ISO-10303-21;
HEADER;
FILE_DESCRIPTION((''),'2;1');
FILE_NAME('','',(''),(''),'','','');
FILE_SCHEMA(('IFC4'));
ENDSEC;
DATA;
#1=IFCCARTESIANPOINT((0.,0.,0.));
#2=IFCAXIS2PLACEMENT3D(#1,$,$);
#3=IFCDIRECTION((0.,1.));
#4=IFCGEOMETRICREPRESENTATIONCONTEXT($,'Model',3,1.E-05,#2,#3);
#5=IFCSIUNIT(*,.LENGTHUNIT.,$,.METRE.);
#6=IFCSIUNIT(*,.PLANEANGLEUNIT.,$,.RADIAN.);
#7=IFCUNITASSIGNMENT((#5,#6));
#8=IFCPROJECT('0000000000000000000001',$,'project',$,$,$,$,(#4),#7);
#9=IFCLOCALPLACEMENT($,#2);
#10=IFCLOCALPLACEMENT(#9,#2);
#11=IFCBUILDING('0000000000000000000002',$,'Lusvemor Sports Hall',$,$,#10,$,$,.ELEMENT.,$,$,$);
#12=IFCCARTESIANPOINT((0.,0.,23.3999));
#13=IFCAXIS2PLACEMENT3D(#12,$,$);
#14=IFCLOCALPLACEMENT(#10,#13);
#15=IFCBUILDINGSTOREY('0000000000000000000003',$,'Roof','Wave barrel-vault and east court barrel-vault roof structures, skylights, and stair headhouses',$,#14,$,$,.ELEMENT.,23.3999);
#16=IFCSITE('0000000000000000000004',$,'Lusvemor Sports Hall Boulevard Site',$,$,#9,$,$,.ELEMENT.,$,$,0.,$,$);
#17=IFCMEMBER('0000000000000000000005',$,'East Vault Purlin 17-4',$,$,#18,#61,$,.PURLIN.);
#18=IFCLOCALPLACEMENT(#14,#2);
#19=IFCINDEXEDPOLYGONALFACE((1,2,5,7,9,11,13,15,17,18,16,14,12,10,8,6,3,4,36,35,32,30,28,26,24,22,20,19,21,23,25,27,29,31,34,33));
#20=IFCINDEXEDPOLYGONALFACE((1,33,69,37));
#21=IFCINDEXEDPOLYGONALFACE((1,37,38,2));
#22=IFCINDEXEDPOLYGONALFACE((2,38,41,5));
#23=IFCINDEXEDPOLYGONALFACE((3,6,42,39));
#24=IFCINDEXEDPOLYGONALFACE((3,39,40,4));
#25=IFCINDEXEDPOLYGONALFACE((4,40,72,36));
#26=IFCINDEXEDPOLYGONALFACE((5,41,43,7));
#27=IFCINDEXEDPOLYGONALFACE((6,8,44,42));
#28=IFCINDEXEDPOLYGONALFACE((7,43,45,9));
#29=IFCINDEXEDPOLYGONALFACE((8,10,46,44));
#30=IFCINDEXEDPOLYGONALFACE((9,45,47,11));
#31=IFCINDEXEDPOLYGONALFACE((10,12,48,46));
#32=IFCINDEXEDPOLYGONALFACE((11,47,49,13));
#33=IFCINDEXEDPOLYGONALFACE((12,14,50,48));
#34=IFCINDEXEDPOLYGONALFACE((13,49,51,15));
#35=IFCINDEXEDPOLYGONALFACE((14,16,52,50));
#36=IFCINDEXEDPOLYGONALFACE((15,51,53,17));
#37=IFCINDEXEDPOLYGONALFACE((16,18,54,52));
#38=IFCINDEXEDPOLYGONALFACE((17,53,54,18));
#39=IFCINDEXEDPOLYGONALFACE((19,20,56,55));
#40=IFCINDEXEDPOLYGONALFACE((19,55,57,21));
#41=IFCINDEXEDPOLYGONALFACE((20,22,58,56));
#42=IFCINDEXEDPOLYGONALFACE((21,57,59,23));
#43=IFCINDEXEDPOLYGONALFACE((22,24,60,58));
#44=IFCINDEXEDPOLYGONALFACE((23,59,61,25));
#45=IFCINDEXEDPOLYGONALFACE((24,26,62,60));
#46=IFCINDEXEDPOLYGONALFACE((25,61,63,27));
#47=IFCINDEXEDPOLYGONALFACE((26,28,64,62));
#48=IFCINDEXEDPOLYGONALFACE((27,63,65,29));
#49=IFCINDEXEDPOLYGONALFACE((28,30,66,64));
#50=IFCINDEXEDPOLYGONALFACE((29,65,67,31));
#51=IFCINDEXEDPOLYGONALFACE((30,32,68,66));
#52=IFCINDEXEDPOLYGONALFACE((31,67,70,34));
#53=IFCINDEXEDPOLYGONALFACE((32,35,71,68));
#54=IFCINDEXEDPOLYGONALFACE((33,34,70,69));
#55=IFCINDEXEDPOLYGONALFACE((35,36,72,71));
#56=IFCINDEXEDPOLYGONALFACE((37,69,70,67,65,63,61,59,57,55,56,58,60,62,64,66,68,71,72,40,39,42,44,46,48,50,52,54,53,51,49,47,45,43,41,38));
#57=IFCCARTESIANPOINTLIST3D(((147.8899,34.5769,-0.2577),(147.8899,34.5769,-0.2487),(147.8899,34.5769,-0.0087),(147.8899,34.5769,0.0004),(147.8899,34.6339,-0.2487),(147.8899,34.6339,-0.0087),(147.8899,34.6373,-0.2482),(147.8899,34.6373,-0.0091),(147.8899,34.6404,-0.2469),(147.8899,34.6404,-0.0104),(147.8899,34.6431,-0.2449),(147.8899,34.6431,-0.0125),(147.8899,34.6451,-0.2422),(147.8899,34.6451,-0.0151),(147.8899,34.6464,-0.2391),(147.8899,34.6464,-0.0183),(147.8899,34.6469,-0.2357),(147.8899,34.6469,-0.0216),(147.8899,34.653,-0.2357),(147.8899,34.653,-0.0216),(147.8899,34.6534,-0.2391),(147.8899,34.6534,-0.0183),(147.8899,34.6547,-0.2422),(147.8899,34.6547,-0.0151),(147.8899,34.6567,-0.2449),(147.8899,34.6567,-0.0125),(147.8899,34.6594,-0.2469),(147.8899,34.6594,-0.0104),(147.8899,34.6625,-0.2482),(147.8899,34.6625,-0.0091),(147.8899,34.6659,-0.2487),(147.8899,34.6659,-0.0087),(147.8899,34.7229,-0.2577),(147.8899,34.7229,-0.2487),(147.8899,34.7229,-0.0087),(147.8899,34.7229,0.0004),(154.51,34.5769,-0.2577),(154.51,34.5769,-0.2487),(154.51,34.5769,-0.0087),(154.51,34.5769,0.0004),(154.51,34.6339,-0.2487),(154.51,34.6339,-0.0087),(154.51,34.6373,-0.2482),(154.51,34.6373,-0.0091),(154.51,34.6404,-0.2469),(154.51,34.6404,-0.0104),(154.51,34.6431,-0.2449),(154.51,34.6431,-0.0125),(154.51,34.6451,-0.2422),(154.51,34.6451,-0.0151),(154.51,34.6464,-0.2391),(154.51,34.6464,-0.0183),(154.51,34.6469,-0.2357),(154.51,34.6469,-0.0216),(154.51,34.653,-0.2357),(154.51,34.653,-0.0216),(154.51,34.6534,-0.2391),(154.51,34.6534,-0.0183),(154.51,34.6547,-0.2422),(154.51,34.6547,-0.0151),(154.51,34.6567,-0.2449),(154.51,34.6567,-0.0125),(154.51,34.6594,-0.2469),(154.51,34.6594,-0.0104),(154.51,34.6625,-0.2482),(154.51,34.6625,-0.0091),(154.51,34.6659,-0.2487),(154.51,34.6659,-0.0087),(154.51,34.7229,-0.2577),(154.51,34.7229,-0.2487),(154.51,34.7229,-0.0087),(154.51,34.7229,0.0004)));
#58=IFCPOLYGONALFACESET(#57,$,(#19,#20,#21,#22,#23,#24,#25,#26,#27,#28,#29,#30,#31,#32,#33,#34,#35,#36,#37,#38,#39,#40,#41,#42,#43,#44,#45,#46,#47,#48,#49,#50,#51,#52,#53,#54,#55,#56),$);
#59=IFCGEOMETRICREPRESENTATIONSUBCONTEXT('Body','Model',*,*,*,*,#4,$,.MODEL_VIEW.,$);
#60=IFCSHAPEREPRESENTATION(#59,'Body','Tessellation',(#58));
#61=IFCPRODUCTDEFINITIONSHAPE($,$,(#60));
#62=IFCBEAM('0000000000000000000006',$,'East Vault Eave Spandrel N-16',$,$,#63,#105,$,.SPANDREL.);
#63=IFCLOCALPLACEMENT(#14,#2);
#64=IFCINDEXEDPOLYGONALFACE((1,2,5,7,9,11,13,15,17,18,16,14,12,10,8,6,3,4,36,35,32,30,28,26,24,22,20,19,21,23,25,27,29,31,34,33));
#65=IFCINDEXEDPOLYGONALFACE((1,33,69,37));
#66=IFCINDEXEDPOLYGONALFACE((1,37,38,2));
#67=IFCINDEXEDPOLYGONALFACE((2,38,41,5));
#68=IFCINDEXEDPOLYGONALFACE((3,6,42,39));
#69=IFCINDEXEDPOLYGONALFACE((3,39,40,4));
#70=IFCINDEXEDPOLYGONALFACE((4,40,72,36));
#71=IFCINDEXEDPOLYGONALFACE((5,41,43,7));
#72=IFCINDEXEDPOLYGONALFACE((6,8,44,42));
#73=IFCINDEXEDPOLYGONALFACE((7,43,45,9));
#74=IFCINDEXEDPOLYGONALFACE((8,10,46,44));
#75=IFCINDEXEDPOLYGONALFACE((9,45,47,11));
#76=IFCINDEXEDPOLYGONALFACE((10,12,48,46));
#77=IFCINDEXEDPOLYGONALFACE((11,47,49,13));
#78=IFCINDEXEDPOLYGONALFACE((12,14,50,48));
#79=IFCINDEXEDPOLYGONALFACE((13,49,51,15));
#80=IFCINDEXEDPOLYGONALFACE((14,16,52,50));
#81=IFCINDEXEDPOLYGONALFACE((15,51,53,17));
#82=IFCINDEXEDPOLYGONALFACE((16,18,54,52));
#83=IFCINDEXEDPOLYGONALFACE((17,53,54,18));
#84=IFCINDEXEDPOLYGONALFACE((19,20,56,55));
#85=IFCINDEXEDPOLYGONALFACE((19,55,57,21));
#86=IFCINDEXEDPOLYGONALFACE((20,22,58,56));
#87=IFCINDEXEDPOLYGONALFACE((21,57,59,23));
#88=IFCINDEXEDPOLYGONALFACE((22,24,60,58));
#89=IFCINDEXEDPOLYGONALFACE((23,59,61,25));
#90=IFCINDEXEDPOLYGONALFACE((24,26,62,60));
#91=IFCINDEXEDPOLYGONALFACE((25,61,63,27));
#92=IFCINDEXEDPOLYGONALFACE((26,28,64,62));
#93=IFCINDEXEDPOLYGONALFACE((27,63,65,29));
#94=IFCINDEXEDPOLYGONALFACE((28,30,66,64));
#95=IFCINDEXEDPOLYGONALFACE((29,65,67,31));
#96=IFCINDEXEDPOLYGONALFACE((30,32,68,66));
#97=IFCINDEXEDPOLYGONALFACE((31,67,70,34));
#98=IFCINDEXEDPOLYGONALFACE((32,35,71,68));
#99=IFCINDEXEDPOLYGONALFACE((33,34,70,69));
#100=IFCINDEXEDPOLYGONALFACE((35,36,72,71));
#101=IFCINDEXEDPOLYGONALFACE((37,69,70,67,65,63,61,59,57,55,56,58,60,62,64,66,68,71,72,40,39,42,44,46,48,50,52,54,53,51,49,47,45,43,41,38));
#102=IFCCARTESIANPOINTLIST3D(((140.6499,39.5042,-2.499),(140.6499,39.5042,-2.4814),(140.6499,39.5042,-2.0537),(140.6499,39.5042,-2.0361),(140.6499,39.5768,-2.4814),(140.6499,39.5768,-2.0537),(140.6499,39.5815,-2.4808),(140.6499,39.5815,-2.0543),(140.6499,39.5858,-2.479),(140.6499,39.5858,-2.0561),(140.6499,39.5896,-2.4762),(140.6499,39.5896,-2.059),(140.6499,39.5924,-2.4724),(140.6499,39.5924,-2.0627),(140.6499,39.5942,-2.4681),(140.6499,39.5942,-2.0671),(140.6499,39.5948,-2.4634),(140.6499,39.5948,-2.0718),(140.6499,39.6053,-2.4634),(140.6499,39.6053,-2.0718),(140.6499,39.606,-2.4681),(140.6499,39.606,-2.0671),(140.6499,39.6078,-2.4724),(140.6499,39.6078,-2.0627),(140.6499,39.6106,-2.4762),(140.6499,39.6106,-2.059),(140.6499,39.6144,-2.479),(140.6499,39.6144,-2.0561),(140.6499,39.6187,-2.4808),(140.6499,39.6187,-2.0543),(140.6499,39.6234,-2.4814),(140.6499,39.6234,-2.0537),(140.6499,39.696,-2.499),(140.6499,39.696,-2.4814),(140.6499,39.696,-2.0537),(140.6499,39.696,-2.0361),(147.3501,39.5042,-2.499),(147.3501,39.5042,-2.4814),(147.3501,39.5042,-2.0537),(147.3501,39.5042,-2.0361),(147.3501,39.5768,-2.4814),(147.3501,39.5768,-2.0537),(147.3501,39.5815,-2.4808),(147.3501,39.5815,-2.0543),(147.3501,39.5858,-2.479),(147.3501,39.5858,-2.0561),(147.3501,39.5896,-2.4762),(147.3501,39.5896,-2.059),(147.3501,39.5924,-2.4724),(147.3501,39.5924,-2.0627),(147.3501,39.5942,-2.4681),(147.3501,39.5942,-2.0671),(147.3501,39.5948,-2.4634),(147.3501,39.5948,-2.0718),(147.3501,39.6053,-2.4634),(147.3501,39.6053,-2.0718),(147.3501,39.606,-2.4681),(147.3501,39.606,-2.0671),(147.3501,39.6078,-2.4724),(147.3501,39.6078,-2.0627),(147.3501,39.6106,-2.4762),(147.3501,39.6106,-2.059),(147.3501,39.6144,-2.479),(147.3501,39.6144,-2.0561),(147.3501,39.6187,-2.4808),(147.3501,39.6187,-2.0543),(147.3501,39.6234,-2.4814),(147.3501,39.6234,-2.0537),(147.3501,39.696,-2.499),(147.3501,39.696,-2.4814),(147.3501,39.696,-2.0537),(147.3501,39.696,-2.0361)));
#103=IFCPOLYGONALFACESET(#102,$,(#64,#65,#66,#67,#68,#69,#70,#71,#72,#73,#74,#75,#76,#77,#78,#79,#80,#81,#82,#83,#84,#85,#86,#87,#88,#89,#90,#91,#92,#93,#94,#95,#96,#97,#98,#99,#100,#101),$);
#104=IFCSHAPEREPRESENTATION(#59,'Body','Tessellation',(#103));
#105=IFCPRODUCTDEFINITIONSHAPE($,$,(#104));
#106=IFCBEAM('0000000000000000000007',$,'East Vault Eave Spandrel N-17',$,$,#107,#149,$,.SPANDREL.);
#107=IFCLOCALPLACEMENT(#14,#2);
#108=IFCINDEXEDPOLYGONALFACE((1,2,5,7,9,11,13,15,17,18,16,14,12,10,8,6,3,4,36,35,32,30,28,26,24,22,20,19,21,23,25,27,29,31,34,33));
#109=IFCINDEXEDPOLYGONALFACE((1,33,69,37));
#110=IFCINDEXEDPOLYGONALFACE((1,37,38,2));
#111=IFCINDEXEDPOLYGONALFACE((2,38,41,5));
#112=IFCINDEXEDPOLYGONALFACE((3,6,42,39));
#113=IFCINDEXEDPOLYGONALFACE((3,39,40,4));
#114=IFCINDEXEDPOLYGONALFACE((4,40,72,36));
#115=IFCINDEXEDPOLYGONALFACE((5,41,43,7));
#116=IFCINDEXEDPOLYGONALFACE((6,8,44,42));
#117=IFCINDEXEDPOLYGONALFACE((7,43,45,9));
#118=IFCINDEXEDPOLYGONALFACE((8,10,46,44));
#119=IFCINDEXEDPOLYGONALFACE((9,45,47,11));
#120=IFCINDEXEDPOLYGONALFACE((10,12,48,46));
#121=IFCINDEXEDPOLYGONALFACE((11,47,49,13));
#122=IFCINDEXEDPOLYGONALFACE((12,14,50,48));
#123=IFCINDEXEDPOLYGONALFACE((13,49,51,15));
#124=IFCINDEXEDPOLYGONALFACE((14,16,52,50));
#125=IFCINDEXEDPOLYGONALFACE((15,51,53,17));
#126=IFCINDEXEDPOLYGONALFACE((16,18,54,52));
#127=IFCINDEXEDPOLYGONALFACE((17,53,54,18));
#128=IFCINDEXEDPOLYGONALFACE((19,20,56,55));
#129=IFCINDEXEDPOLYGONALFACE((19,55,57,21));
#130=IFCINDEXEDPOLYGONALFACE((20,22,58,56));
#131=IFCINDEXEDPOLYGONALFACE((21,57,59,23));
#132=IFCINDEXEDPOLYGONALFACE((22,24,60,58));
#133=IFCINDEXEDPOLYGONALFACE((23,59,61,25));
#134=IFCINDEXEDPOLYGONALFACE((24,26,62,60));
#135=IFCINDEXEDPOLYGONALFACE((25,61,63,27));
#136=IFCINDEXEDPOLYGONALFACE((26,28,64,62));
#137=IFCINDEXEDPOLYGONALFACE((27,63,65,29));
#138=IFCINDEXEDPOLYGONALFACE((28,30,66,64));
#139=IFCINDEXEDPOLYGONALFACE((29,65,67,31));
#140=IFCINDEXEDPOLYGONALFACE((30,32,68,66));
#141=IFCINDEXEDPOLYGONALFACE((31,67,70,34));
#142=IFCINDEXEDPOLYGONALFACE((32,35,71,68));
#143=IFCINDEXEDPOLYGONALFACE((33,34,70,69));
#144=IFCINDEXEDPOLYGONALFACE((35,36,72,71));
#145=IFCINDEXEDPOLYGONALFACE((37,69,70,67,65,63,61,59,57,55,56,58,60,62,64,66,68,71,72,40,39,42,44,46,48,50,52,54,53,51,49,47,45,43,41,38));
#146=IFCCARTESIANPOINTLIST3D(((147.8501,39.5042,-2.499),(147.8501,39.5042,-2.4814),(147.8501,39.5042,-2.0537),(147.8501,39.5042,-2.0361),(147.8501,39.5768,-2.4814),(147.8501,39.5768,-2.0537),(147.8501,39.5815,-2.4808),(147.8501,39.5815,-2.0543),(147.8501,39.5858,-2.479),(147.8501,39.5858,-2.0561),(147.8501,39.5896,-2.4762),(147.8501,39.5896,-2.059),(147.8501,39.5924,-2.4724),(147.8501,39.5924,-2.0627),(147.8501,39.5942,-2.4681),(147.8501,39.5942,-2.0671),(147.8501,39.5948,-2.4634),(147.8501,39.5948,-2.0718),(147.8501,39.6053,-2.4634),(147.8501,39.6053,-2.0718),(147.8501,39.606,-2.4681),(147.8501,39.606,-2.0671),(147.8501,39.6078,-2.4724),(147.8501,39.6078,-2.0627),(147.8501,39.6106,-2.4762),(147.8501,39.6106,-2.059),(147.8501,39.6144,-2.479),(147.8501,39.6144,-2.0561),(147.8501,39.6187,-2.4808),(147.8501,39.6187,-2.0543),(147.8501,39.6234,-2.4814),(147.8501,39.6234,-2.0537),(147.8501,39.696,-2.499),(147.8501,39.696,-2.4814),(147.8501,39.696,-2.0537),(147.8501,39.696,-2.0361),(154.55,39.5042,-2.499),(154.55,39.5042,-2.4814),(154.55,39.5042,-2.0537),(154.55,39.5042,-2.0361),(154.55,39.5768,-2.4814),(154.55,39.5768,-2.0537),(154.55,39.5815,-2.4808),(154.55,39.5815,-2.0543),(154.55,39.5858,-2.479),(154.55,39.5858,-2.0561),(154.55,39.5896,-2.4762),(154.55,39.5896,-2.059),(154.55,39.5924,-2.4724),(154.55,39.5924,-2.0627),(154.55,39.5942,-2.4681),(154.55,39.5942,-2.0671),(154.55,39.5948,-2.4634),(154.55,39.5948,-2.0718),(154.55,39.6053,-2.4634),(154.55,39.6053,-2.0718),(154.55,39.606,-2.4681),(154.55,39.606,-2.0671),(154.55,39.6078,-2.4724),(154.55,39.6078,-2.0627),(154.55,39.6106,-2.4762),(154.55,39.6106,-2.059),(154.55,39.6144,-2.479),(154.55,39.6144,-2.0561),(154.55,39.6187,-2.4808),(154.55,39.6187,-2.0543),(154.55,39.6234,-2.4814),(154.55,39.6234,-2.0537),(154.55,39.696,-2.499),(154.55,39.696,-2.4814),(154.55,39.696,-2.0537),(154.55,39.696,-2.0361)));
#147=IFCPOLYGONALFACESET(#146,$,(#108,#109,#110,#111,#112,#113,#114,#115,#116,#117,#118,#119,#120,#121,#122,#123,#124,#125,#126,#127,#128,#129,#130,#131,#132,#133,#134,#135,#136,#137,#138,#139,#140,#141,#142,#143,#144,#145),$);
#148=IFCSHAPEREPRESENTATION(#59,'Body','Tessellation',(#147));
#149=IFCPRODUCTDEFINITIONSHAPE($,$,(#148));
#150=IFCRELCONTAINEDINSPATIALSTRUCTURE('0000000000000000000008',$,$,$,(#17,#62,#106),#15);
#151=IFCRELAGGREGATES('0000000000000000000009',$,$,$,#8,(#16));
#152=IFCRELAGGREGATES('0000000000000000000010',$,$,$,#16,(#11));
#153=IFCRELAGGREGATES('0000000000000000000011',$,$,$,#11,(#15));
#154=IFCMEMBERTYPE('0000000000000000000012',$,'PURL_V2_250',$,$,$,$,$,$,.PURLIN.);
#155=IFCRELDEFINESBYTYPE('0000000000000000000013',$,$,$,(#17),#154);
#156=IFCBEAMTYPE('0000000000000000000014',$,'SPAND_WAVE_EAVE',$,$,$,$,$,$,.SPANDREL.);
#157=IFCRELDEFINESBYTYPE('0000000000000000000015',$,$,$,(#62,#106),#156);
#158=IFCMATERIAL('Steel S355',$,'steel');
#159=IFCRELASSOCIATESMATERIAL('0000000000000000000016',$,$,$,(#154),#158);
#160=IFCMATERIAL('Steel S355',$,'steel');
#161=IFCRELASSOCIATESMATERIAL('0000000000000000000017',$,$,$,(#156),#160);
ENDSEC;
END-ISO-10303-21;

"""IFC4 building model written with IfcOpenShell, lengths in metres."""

from ifc_helpers import new_model, si_unit, direction, frame, origin, origin_2d, place, context, subcontext, project, spatial, i_section, extrude, material, material_profile, profile_set, type_object, element, save


model = new_model("IFC4")

# Units and contexts
model_context = context("Model", 3, precision=1e-05, world=origin(), true_north=direction((0.0, 1.0)))
body_context = subcontext(model_context, "Body", "Model", "MODEL_VIEW")
ifc_project = project(units=[si_unit("LENGTHUNIT", "METRE"), si_unit("PLANEANGLEUNIT", "RADIAN")], contexts=[model_context])

# Site, building, storey
site_placement = place(None, origin())
site = spatial("IfcSite", under=ifc_project, at=site_placement, Name="Lusvemor Sports Hall Boulevard Site", CompositionType="ELEMENT", RefElevation=0.0)
building_placement = place(site_placement, origin())
building = spatial("IfcBuilding", under=site, at=building_placement, Name="Lusvemor Sports Hall", CompositionType="ELEMENT")
storey_placement = place(building_placement, frame((0.0, 0.0, 23.3999)))
storey = spatial("IfcBuildingStorey", under=building, at=storey_placement, Name="Roof", Description="Wave barrel-vault and east court barrel-vault roof structures, skylights, and stair headhouses", CompositionType="ELEMENT", Elevation=23.3999)

# Member
ifc_material_1 = material(Name="Steel S355", Category="steel")
ifc_material_profile_1 = material_profile(ifc_material_1, i_section(OverallWidth=0.146, OverallDepth=0.2581, WebThickness=0.0061, FlangeThickness=0.009, FilletRadius=0.0129, at=origin_2d()), Name="W250x32.7")
ifc_profile_set_1 = profile_set([ifc_material_profile_1], Name="Steel S355")
member_type_1 = type_object("IfcMemberType", Name="PURL_V2_250", PredefinedType="PURLIN", material=ifc_profile_set_1)
for number, where, z_axis, x_axis, name in (
    (1, (147.8899, 34.6499, -0.1287), (1.0, 0.0, 0.0), (0.0, 1.0, 0.0), "East Vault Purlin 17-4"),
):
    element("IfcMember", number, at=place(storey_placement, frame(where, z_axis=z_axis, x_axis=x_axis)), inside=storey, type_object=member_type_1, Name=name, PredefinedType="PURLIN", context=body_context, shape_type="SweptSolid", body=[
        extrude(i_section(OverallWidth=0.146, OverallDepth=0.2581, WebThickness=0.0061, FlangeThickness=0.009, FilletRadius=0.0129, at=origin_2d()), origin(), (0.0, 0.0, 1.0), 6.6201),
    ])

# Beams
ifc_material_2 = material(Name="Steel S355", Category="steel")
ifc_material_profile_2 = material_profile(ifc_material_2, i_section(OverallWidth=0.1919, OverallDepth=0.4629, WebThickness=0.0105, FlangeThickness=0.0176, FilletRadius=0.0181, at=origin_2d()), Name="W460x89.0")
ifc_profile_set_2 = profile_set([ifc_material_profile_2], Name="Steel S355")
beam_type_1 = type_object("IfcBeamType", Name="SPAND_WAVE_EAVE", PredefinedType="SPANDREL", material=ifc_profile_set_2)
beam_1_placement = place(storey_placement, frame((140.6499, 39.6001, -2.2676), z_axis=(1.0, 0.0, 0.0), x_axis=(0.0, 1.0, 0.0)))
element("IfcBeam", 2, at=beam_1_placement, inside=storey, type_object=beam_type_1, Name="East Vault Eave Spandrel N-16", PredefinedType="SPANDREL", context=body_context, shape_type="SweptSolid", body=[
    extrude(i_section(OverallWidth=0.1919, OverallDepth=0.4629, WebThickness=0.0105, FlangeThickness=0.0176, FilletRadius=0.0181, at=origin_2d()), origin(), (0.0, 0.0, 1.0), 6.7002),
])
beam_2_placement = place(storey_placement, frame((147.8501, 39.6001, -2.2676), z_axis=(1.0, 0.0, 0.0), x_axis=(0.0, 1.0, 0.0)))
element("IfcBeam", 3, at=beam_2_placement, inside=storey, type_object=beam_type_1, Name="East Vault Eave Spandrel N-17", PredefinedType="SPANDREL", context=body_context, shape_type="SweptSolid", body=[
    extrude(i_section(OverallWidth=0.1919, OverallDepth=0.4629, WebThickness=0.0105, FlangeThickness=0.0176, FilletRadius=0.0181, at=origin_2d()), origin(), (0.0, 0.0, 1.0), 6.7),
])

save(model, "model.ifc")
